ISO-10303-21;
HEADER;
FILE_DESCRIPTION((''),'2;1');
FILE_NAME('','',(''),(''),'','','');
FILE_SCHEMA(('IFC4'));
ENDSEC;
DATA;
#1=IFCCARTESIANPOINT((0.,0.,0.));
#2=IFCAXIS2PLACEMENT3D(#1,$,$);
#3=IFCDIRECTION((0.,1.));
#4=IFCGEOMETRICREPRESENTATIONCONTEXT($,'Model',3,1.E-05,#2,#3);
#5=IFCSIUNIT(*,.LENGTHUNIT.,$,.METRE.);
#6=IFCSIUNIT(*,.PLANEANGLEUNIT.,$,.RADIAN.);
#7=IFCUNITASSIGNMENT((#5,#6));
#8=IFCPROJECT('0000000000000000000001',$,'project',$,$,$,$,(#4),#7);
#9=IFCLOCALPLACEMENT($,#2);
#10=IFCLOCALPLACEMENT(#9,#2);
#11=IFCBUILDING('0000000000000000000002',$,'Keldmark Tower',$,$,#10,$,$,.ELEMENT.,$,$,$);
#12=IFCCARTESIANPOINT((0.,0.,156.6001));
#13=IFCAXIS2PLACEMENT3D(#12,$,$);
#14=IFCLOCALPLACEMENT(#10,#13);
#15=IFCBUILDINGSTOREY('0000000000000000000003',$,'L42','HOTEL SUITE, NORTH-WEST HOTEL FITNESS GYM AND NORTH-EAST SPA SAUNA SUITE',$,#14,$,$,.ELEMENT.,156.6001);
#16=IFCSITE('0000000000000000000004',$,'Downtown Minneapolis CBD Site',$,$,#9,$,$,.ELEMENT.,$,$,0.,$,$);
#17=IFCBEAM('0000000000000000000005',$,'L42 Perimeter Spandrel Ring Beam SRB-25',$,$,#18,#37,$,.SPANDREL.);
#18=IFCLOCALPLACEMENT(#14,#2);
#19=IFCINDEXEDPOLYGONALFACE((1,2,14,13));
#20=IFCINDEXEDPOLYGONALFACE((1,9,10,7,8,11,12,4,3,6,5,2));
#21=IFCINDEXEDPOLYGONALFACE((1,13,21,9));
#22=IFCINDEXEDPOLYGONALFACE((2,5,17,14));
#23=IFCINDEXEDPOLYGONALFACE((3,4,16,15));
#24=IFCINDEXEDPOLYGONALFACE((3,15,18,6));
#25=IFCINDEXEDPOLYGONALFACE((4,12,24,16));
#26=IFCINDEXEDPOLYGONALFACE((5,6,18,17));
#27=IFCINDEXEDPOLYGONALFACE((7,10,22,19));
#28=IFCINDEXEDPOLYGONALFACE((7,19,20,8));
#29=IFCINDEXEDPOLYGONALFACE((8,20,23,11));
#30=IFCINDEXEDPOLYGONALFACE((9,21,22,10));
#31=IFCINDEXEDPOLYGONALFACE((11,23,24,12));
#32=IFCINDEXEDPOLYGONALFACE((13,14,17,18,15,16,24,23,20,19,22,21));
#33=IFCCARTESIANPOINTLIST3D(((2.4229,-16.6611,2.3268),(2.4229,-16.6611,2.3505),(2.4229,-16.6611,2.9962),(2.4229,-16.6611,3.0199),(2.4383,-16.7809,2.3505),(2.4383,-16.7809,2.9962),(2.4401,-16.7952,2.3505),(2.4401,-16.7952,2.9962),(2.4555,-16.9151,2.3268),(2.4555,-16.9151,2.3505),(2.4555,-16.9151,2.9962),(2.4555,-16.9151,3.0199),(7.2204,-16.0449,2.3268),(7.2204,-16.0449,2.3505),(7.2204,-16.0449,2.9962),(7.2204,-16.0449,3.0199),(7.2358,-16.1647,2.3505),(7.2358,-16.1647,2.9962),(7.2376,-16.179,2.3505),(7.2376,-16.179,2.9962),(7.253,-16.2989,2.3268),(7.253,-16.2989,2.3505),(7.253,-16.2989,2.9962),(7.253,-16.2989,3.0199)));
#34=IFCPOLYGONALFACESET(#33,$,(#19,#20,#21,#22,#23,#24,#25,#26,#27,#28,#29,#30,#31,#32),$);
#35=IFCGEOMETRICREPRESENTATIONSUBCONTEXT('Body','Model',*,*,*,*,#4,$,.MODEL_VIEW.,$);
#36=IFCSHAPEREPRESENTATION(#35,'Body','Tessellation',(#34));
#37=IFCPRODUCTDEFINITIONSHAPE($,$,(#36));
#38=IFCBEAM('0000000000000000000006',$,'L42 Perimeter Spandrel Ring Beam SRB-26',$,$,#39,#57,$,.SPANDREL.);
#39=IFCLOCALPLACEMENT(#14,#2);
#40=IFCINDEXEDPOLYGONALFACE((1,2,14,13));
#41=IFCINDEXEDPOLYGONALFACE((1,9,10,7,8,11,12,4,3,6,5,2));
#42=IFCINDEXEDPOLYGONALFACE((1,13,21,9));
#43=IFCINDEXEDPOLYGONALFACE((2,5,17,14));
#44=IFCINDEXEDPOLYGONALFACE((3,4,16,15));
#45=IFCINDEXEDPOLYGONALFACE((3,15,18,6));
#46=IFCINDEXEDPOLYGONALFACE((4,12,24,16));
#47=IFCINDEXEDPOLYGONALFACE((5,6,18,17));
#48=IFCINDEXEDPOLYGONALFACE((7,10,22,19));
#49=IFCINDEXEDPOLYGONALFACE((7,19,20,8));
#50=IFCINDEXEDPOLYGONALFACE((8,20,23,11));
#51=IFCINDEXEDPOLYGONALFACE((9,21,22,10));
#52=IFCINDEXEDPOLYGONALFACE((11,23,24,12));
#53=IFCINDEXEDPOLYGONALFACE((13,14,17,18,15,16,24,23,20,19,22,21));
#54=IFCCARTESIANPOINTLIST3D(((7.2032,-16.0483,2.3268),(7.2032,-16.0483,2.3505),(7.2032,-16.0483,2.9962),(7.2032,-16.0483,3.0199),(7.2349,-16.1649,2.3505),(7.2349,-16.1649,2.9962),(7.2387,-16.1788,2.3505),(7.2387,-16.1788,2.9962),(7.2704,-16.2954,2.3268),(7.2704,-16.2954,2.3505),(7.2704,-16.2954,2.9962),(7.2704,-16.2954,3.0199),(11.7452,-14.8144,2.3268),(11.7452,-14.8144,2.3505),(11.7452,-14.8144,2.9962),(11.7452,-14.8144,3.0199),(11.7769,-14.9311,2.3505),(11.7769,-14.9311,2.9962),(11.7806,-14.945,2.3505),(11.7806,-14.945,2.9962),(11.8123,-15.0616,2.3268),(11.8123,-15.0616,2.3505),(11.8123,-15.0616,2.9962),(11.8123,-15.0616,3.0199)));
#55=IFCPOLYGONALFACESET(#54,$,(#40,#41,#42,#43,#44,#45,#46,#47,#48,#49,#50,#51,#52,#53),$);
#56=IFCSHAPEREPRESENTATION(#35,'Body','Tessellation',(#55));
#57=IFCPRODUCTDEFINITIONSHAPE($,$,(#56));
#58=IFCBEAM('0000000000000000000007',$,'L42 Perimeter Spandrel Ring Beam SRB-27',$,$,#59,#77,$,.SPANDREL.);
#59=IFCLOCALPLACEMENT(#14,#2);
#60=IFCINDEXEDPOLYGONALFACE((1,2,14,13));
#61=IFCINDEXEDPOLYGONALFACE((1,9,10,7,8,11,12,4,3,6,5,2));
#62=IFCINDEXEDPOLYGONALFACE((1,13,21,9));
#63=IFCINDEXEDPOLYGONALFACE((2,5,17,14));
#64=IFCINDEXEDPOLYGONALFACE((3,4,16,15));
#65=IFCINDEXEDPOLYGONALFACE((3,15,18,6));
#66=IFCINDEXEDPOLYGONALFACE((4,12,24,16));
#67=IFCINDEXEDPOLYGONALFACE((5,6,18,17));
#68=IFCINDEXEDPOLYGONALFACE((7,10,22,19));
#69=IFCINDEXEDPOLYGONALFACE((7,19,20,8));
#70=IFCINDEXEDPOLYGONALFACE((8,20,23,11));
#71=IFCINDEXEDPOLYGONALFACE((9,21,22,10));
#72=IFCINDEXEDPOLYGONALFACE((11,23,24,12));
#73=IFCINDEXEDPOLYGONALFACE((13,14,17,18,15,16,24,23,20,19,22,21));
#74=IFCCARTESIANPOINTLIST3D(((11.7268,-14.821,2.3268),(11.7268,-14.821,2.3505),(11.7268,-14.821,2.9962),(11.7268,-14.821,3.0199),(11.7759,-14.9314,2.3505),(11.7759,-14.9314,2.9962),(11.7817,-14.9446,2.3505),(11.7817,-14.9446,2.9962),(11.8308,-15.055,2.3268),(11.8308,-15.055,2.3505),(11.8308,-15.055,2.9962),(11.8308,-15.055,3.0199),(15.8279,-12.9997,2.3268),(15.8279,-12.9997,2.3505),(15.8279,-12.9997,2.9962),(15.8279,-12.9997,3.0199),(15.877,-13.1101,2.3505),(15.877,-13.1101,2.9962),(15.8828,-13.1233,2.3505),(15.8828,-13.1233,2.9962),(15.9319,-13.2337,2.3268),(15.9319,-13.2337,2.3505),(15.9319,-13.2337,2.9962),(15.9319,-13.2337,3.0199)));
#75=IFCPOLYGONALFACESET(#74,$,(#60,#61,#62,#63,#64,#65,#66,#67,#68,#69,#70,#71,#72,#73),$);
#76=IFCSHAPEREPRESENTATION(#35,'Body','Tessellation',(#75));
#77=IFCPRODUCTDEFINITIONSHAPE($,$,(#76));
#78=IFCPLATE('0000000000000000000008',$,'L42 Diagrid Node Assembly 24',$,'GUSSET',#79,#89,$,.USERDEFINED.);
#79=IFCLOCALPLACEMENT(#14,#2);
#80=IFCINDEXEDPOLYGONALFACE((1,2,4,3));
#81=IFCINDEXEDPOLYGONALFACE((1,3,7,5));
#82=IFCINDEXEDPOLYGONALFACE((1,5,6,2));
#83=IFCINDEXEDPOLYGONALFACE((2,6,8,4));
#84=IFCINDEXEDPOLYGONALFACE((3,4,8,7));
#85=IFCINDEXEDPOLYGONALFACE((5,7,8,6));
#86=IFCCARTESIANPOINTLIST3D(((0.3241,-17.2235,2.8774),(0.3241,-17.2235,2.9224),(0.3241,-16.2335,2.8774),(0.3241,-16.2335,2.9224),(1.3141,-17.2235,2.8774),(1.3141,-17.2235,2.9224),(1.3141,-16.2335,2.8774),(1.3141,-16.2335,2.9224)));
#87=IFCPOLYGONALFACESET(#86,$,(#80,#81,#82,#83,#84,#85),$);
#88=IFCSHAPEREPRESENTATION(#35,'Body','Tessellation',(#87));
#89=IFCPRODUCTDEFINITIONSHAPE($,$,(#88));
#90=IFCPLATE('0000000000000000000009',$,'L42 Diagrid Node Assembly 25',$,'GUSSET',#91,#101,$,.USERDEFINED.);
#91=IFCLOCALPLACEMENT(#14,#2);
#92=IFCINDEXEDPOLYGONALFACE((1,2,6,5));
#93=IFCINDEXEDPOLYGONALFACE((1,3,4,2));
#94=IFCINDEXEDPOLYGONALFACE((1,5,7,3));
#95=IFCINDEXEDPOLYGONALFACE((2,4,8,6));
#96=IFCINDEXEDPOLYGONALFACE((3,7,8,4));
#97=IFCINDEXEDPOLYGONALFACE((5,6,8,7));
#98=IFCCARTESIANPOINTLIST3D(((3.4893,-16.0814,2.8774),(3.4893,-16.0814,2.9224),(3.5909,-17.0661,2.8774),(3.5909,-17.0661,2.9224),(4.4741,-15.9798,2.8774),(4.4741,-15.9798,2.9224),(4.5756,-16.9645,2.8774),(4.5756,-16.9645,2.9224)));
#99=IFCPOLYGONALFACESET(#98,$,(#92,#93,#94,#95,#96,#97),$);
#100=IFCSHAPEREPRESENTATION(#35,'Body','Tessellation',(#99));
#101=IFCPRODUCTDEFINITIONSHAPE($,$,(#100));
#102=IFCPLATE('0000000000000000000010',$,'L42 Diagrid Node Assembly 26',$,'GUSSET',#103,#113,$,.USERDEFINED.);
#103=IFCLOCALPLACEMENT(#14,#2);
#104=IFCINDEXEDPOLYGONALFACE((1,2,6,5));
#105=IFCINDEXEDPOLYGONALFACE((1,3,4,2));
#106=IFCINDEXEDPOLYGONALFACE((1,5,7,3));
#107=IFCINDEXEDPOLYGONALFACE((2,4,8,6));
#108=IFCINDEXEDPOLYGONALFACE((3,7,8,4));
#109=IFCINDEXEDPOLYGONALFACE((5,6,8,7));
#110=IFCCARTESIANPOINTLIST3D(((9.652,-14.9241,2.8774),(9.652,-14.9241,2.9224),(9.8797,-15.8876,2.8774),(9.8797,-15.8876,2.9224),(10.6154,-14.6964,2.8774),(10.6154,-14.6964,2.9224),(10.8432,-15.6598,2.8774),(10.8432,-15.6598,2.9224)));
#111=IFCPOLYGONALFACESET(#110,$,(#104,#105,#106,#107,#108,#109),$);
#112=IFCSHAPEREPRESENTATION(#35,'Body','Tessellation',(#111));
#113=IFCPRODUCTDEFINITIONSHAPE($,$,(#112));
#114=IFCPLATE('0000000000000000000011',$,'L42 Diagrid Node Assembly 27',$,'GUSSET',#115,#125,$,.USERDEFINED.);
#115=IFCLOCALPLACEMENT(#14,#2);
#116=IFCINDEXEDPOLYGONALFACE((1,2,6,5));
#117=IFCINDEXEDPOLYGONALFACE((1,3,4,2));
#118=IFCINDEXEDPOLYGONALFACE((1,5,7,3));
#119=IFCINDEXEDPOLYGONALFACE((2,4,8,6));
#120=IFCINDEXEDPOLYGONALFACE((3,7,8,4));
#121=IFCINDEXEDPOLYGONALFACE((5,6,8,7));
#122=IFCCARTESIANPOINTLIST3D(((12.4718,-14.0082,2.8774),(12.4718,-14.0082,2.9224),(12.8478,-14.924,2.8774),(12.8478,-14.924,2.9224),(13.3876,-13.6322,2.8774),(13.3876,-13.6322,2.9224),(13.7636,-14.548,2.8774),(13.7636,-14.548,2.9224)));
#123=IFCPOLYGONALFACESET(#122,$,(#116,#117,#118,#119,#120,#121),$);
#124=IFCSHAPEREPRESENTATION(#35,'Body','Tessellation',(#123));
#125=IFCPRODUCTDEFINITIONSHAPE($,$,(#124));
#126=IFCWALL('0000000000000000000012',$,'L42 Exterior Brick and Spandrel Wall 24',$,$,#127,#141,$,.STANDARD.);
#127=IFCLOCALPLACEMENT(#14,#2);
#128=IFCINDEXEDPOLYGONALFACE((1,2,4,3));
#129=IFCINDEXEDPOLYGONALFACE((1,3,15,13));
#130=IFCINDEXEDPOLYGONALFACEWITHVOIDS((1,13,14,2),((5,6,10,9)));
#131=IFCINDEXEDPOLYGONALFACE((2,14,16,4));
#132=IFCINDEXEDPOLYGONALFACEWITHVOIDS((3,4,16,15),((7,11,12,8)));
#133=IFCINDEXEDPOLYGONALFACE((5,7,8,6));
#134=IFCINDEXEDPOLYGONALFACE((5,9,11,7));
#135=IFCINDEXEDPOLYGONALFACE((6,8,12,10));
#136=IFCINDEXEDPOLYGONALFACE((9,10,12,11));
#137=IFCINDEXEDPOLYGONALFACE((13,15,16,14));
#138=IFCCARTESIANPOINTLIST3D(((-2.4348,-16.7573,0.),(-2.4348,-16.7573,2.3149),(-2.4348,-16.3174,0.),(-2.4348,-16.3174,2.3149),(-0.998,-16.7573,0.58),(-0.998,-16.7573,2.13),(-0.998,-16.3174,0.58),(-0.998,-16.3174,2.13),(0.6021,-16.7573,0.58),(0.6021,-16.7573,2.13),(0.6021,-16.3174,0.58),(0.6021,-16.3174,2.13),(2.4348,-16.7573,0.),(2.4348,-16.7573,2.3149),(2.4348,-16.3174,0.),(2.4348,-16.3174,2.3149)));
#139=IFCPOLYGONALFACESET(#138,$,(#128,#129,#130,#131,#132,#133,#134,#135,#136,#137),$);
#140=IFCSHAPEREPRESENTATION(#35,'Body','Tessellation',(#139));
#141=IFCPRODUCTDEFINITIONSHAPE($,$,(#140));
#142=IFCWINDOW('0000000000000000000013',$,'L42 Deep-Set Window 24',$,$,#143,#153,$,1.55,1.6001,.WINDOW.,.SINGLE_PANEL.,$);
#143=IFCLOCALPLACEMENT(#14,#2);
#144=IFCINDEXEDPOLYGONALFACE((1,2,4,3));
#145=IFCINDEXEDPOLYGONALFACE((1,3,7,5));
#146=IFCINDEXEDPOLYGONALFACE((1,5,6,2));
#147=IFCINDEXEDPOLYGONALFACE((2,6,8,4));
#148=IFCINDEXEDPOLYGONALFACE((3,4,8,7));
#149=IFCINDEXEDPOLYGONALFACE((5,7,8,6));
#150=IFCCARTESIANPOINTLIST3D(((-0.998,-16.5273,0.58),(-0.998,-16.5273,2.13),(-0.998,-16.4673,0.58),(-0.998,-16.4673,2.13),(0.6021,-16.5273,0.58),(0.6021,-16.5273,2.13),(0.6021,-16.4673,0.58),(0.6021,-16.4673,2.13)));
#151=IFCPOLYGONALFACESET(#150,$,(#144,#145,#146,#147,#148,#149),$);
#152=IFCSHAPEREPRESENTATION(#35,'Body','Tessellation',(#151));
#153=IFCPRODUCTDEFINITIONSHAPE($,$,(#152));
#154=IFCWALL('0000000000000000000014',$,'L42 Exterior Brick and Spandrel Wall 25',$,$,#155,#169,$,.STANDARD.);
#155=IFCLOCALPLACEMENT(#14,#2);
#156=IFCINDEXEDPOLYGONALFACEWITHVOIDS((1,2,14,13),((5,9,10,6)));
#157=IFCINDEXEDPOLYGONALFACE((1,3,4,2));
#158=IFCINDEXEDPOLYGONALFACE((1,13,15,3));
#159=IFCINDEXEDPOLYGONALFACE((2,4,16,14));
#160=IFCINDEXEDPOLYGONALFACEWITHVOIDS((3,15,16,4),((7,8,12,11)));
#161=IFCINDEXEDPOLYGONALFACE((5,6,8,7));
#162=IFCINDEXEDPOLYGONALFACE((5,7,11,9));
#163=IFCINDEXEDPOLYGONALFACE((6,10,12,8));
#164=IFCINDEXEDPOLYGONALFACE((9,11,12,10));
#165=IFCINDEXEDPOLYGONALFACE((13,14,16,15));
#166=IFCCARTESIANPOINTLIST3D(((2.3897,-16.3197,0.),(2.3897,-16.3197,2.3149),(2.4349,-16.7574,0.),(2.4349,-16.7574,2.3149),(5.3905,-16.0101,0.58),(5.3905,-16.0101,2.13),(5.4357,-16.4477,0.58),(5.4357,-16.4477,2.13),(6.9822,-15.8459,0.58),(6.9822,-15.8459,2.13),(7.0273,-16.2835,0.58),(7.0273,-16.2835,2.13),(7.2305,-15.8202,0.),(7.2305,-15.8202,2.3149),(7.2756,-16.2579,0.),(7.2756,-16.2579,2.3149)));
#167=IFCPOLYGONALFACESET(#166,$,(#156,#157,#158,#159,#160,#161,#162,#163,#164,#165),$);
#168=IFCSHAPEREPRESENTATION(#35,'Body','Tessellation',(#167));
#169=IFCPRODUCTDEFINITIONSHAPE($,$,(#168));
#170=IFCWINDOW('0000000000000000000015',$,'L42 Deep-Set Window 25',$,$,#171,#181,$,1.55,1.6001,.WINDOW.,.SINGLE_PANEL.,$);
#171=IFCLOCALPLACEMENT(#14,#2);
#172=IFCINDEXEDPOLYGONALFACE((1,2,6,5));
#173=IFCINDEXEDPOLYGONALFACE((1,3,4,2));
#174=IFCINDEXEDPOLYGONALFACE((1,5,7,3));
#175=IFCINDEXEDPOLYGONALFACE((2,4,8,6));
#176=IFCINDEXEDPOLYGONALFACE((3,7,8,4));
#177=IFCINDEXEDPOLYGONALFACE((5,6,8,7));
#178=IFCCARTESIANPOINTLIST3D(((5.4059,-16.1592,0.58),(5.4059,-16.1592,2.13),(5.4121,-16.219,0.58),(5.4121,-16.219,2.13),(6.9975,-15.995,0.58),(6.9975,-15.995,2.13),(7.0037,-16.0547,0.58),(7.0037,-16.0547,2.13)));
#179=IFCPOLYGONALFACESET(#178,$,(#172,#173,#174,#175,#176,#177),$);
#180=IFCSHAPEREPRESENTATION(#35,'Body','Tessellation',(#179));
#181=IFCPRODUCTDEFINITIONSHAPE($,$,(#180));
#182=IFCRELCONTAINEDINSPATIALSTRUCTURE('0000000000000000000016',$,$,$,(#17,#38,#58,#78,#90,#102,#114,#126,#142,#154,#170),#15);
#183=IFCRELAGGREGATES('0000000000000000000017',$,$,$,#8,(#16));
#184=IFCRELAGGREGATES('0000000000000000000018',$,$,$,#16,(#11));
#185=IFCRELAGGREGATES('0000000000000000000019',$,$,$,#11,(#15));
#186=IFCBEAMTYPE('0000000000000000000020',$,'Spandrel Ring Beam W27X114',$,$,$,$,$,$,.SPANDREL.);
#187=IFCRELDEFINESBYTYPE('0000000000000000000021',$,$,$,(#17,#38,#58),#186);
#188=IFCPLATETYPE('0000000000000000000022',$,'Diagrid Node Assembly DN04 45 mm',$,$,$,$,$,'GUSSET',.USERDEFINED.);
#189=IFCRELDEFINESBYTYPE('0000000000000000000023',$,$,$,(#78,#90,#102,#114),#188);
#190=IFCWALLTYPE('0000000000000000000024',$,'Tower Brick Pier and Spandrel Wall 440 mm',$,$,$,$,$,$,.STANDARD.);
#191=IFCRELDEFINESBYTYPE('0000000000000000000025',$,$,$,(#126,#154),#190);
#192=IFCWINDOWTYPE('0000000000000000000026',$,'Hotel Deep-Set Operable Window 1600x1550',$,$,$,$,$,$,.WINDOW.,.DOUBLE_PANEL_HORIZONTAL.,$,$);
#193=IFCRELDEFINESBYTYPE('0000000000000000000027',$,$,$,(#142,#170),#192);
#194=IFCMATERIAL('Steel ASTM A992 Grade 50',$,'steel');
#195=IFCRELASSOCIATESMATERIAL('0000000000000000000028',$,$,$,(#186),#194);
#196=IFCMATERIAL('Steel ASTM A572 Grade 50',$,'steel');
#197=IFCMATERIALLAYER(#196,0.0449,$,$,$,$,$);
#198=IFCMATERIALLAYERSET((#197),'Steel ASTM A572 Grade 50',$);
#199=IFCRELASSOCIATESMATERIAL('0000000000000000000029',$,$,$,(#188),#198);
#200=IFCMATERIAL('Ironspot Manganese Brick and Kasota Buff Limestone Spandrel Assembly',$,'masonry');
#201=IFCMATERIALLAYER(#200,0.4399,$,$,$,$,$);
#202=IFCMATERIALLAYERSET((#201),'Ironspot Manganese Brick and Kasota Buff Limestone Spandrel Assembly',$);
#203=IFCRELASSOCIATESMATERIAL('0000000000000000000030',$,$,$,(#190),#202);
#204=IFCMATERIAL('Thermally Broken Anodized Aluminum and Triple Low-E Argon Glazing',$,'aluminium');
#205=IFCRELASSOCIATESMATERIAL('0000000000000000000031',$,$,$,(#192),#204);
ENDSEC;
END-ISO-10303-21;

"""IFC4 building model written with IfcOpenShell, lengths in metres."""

from ifc_helpers import new_model, si_unit, direction, frame, frame_2d, origin, origin_2d, place, context, subcontext, project, spatial, rectangle, i_section, extrude, material, layer, layer_set, material_profile, profile_set, type_object, element, fill, save


model = new_model("IFC4")

# Units and contexts
model_context = context("Model", 3, precision=1e-05, world=origin(), true_north=direction((0.0, 1.0)))
body_context = subcontext(model_context, "Body", "Model", "MODEL_VIEW")
ifc_project = project(units=[si_unit("LENGTHUNIT", "METRE"), si_unit("PLANEANGLEUNIT", "RADIAN")], contexts=[model_context])

# Site, building, storey
site_placement = place(None, origin())
site = spatial("IfcSite", under=ifc_project, at=site_placement, Name="Downtown Minneapolis CBD Site", CompositionType="ELEMENT", RefElevation=0.0)
building_placement = place(site_placement, origin())
building = spatial("IfcBuilding", under=site, at=building_placement, Name="Keldmark Tower", CompositionType="ELEMENT")
storey_placement = place(building_placement, frame((0.0, 0.0, 156.6001)))
storey = spatial("IfcBuildingStorey", under=building, at=storey_placement, Name="L42", Description="HOTEL SUITE, NORTH-WEST HOTEL FITNESS GYM AND NORTH-EAST SPA SAUNA SUITE", CompositionType="ELEMENT", Elevation=156.6001)

# Beams
ifc_material_1 = material(Name="Steel ASTM A992 Grade 50", Category="steel")
ifc_material_profile_1 = material_profile(ifc_material_1, i_section(OverallWidth=0.2561, OverallDepth=0.6931, WebThickness=0.0144, FlangeThickness=0.0237, at=origin_2d()), Name="W27X114")
ifc_profile_set_1 = profile_set([ifc_material_profile_1], Name="Steel ASTM A992 Grade 50")
beam_type_1 = type_object("IfcBeamType", Name="Spandrel Ring Beam W27X114", PredefinedType="SPANDREL", material=ifc_profile_set_1)
beam_1_placement = place(storey_placement, frame((2.4392, -16.7881, 2.6733), z_axis=(0.991852, 0.127395, 0.0), x_axis=(-0.127395, 0.991852, 0.0)))
element("IfcBeam", 1, at=beam_1_placement, inside=storey, type_object=beam_type_1, Name="L42 Perimeter Spandrel Ring Beam SRB-25", PredefinedType="SPANDREL", context=body_context, shape_type="SweptSolid", body=[
    extrude(i_section(OverallWidth=0.2561, OverallDepth=0.6931, WebThickness=0.0144, FlangeThickness=0.0237, at=origin_2d()), origin(), (0.0, 0.0, 1.0), 4.8369),
])
beam_2_placement = place(storey_placement, frame((7.2368, -16.1719, 2.6733), z_axis=(0.965024, 0.26216, 0.0), x_axis=(-0.26216, 0.965024, 0.0)))
element("IfcBeam", 2, at=beam_2_placement, inside=storey, type_object=beam_type_1, Name="L42 Perimeter Spandrel Ring Beam SRB-26", PredefinedType="SPANDREL", context=body_context, shape_type="SweptSolid", body=[
    extrude(i_section(OverallWidth=0.2561, OverallDepth=0.6931, WebThickness=0.0144, FlangeThickness=0.0237, at=origin_2d()), origin(), (0.0, 0.0, 1.0), 4.7065),
])
beam_3_placement = place(storey_placement, frame((11.7788, -14.938, 2.6733), z_axis=(0.913928, 0.405876, 0.0), x_axis=(-0.405876, 0.913928, 0.0)))
element("IfcBeam", 3, at=beam_3_placement, inside=storey, type_object=beam_type_1, Name="L42 Perimeter Spandrel Ring Beam SRB-27", PredefinedType="SPANDREL", context=body_context, shape_type="SweptSolid", body=[
    extrude(i_section(OverallWidth=0.2561, OverallDepth=0.6931, WebThickness=0.0144, FlangeThickness=0.0237, at=origin_2d()), origin(), (0.0, 0.0, 1.0), 4.4873),
])

# Plates
ifc_material_2 = material(Name="Steel ASTM A572 Grade 50", Category="steel")
ifc_layer_1 = layer(ifc_material_2, 0.0449)
ifc_layer_set_1 = layer_set([ifc_layer_1], Name="Steel ASTM A572 Grade 50")
plate_type = type_object("IfcPlateType", Name="Diagrid Node Assembly DN04 45 mm", ElementType="GUSSET", PredefinedType="USERDEFINED", material=ifc_layer_set_1)
for number, where, z_axis, x_axis, name in (
    (4, (0.8191, -16.7285, 2.8774), (0.0, 0.0, 1.0), (1.0, 0.0, 0.0), "L42 Diagrid Node Assembly 24"),
    (5, (4.0325, -16.5229, 2.8774), (0.0, 0.0, 1.0), (0.994721, 0.102619, 0.0), "L42 Diagrid Node Assembly 25"),
    (6, (10.2476, -15.292, 2.8774), (0.0, 0.0, 1.0), (0.973179, 0.23005, 0.0), "L42 Diagrid Node Assembly 26"),
    (7, (13.1177, -14.2781, 2.8774), (0.0, 0.0, 1.0), (0.925077, 0.379779, 0.0), "L42 Diagrid Node Assembly 27"),
):
    element("IfcPlate", number, at=place(storey_placement, frame(where, z_axis=z_axis, x_axis=x_axis)), inside=storey, type_object=plate_type, Name=name, ObjectType="GUSSET", PredefinedType="USERDEFINED", context=body_context, shape_type="SweptSolid", body=[
        extrude(rectangle(XDim=0.99, YDim=0.99, at=origin_2d()), origin(), (0.0, 0.0, 1.0), 0.0449),
    ])

# Walls, openings, windows
ifc_material_3 = material(Name="Ironspot Manganese Brick and Kasota Buff Limestone Spandrel Assembly", Category="masonry")
ifc_layer_2 = layer(ifc_material_3, 0.4399)
ifc_layer_set_2 = layer_set([ifc_layer_2], Name="Ironspot Manganese Brick and Kasota Buff Limestone Spandrel Assembly")
wall_type_1 = type_object("IfcWallType", Name="Tower Brick Pier and Spandrel Wall 440 mm", PredefinedType="STANDARD", material=ifc_layer_set_2)
wall_1_placement = place(storey_placement, frame((2.4348, -16.5374, 0.0), z_axis=(0.0, 0.0, 1.0), x_axis=(-1.0, 0.0, 0.0)))
wall_1 = element("IfcWall", 8, at=wall_1_placement, inside=storey, type_object=wall_type_1, Name="L42 Exterior Brick and Spandrel Wall 24", PredefinedType="STANDARD", context=body_context, shape_type="SweptSolid", body=[
    extrude(rectangle(XDim=4.8696, YDim=0.4399, at=frame_2d((2.4348, 0.0))), origin(), (0.0, 0.0, 1.0), 2.3149),
])
opening_1_placement = place(wall_1_placement, frame((1.8328, 0.0, 0.5801)))
opening_1 = element("IfcOpeningElement", 9, at=opening_1_placement, cuts=wall_1, PredefinedType="OPENING", context=body_context, shape_type="SweptSolid", body=[
    extrude(rectangle(XDim=1.6001, YDim=1.55, at=frame_2d((0.8, 0.7749))), frame((0.0, 0.23, 0.0), z_axis=(0.0, -1.0, 0.0), x_axis=(1.0, 0.0, 0.0)), (0.0, 0.0, 1.0), 0.46),
])
ifc_material_4 = material(Name="Thermally Broken Anodized Aluminum and Triple Low-E Argon Glazing", Category="aluminium")
window_type = type_object("IfcWindowType", Name="Hotel Deep-Set Operable Window 1600x1550", PartitioningType="DOUBLE_PANEL_HORIZONTAL", PredefinedType="WINDOW", material=ifc_material_4)
window_1_placement = place(opening_1_placement, origin())
window_1 = element("IfcWindow", 10, at=window_1_placement, inside=storey, type_object=window_type, Name="L42 Deep-Set Window 24", OverallHeight=1.55, OverallWidth=1.6001, PartitioningType="SINGLE_PANEL", PredefinedType="WINDOW", context=body_context, shape_type="SweptSolid", body=[
    extrude(rectangle(XDim=1.6001, YDim=1.55, at=frame_2d((0.8, 0.7749))), frame((0.0, -0.01, 0.0), z_axis=(0.0, -1.0, 0.0), x_axis=(1.0, 0.0, 0.0)), (0.0, 0.0, 1.0), 0.0601),
])
fill(opening_1, window_1)
wall_2_placement = place(storey_placement, frame((7.2529, -16.0391, 0.0), z_axis=(0.0, 0.0, 1.0), x_axis=(-0.994718, -0.102642, 0.0)))
wall_2 = element("IfcWall", 11, at=wall_2_placement, inside=storey, type_object=wall_type_1, Name="L42 Exterior Brick and Spandrel Wall 25", PredefinedType="STANDARD", context=body_context, shape_type="SweptSolid", body=[
    extrude(rectangle(XDim=4.8665, YDim=0.4399, at=frame_2d((2.4331, 0.0))), origin(), (0.0, 0.0, 1.0), 2.3149),
])
opening_2_placement = place(wall_2_placement, frame((0.2495, 0.0, 0.5801)))
opening_2 = element("IfcOpeningElement", 12, at=opening_2_placement, cuts=wall_2, PredefinedType="OPENING", context=body_context, shape_type="SweptSolid", body=[
    extrude(rectangle(XDim=1.6001, YDim=1.55, at=frame_2d((0.8, 0.7749))), frame((0.0, 0.23, 0.0), z_axis=(0.0, -1.0, 0.0), x_axis=(1.0, 0.0, 0.0)), (0.0, 0.0, 1.0), 0.46),
])
window_2_placement = place(opening_2_placement, origin())
window_2 = element("IfcWindow", 13, at=window_2_placement, inside=storey, type_object=window_type, Name="L42 Deep-Set Window 25", OverallHeight=1.55, OverallWidth=1.6001, PartitioningType="SINGLE_PANEL", PredefinedType="WINDOW", context=body_context, shape_type="SweptSolid", body=[
    extrude(rectangle(XDim=1.6001, YDim=1.55, at=frame_2d((0.8, 0.7749))), frame((0.0, -0.01, 0.0), z_axis=(0.0, -1.0, 0.0), x_axis=(1.0, 0.0, 0.0)), (0.0, 0.0, 1.0), 0.0601),
])
fill(opening_2, window_2)

save(model, "model.ifc")
